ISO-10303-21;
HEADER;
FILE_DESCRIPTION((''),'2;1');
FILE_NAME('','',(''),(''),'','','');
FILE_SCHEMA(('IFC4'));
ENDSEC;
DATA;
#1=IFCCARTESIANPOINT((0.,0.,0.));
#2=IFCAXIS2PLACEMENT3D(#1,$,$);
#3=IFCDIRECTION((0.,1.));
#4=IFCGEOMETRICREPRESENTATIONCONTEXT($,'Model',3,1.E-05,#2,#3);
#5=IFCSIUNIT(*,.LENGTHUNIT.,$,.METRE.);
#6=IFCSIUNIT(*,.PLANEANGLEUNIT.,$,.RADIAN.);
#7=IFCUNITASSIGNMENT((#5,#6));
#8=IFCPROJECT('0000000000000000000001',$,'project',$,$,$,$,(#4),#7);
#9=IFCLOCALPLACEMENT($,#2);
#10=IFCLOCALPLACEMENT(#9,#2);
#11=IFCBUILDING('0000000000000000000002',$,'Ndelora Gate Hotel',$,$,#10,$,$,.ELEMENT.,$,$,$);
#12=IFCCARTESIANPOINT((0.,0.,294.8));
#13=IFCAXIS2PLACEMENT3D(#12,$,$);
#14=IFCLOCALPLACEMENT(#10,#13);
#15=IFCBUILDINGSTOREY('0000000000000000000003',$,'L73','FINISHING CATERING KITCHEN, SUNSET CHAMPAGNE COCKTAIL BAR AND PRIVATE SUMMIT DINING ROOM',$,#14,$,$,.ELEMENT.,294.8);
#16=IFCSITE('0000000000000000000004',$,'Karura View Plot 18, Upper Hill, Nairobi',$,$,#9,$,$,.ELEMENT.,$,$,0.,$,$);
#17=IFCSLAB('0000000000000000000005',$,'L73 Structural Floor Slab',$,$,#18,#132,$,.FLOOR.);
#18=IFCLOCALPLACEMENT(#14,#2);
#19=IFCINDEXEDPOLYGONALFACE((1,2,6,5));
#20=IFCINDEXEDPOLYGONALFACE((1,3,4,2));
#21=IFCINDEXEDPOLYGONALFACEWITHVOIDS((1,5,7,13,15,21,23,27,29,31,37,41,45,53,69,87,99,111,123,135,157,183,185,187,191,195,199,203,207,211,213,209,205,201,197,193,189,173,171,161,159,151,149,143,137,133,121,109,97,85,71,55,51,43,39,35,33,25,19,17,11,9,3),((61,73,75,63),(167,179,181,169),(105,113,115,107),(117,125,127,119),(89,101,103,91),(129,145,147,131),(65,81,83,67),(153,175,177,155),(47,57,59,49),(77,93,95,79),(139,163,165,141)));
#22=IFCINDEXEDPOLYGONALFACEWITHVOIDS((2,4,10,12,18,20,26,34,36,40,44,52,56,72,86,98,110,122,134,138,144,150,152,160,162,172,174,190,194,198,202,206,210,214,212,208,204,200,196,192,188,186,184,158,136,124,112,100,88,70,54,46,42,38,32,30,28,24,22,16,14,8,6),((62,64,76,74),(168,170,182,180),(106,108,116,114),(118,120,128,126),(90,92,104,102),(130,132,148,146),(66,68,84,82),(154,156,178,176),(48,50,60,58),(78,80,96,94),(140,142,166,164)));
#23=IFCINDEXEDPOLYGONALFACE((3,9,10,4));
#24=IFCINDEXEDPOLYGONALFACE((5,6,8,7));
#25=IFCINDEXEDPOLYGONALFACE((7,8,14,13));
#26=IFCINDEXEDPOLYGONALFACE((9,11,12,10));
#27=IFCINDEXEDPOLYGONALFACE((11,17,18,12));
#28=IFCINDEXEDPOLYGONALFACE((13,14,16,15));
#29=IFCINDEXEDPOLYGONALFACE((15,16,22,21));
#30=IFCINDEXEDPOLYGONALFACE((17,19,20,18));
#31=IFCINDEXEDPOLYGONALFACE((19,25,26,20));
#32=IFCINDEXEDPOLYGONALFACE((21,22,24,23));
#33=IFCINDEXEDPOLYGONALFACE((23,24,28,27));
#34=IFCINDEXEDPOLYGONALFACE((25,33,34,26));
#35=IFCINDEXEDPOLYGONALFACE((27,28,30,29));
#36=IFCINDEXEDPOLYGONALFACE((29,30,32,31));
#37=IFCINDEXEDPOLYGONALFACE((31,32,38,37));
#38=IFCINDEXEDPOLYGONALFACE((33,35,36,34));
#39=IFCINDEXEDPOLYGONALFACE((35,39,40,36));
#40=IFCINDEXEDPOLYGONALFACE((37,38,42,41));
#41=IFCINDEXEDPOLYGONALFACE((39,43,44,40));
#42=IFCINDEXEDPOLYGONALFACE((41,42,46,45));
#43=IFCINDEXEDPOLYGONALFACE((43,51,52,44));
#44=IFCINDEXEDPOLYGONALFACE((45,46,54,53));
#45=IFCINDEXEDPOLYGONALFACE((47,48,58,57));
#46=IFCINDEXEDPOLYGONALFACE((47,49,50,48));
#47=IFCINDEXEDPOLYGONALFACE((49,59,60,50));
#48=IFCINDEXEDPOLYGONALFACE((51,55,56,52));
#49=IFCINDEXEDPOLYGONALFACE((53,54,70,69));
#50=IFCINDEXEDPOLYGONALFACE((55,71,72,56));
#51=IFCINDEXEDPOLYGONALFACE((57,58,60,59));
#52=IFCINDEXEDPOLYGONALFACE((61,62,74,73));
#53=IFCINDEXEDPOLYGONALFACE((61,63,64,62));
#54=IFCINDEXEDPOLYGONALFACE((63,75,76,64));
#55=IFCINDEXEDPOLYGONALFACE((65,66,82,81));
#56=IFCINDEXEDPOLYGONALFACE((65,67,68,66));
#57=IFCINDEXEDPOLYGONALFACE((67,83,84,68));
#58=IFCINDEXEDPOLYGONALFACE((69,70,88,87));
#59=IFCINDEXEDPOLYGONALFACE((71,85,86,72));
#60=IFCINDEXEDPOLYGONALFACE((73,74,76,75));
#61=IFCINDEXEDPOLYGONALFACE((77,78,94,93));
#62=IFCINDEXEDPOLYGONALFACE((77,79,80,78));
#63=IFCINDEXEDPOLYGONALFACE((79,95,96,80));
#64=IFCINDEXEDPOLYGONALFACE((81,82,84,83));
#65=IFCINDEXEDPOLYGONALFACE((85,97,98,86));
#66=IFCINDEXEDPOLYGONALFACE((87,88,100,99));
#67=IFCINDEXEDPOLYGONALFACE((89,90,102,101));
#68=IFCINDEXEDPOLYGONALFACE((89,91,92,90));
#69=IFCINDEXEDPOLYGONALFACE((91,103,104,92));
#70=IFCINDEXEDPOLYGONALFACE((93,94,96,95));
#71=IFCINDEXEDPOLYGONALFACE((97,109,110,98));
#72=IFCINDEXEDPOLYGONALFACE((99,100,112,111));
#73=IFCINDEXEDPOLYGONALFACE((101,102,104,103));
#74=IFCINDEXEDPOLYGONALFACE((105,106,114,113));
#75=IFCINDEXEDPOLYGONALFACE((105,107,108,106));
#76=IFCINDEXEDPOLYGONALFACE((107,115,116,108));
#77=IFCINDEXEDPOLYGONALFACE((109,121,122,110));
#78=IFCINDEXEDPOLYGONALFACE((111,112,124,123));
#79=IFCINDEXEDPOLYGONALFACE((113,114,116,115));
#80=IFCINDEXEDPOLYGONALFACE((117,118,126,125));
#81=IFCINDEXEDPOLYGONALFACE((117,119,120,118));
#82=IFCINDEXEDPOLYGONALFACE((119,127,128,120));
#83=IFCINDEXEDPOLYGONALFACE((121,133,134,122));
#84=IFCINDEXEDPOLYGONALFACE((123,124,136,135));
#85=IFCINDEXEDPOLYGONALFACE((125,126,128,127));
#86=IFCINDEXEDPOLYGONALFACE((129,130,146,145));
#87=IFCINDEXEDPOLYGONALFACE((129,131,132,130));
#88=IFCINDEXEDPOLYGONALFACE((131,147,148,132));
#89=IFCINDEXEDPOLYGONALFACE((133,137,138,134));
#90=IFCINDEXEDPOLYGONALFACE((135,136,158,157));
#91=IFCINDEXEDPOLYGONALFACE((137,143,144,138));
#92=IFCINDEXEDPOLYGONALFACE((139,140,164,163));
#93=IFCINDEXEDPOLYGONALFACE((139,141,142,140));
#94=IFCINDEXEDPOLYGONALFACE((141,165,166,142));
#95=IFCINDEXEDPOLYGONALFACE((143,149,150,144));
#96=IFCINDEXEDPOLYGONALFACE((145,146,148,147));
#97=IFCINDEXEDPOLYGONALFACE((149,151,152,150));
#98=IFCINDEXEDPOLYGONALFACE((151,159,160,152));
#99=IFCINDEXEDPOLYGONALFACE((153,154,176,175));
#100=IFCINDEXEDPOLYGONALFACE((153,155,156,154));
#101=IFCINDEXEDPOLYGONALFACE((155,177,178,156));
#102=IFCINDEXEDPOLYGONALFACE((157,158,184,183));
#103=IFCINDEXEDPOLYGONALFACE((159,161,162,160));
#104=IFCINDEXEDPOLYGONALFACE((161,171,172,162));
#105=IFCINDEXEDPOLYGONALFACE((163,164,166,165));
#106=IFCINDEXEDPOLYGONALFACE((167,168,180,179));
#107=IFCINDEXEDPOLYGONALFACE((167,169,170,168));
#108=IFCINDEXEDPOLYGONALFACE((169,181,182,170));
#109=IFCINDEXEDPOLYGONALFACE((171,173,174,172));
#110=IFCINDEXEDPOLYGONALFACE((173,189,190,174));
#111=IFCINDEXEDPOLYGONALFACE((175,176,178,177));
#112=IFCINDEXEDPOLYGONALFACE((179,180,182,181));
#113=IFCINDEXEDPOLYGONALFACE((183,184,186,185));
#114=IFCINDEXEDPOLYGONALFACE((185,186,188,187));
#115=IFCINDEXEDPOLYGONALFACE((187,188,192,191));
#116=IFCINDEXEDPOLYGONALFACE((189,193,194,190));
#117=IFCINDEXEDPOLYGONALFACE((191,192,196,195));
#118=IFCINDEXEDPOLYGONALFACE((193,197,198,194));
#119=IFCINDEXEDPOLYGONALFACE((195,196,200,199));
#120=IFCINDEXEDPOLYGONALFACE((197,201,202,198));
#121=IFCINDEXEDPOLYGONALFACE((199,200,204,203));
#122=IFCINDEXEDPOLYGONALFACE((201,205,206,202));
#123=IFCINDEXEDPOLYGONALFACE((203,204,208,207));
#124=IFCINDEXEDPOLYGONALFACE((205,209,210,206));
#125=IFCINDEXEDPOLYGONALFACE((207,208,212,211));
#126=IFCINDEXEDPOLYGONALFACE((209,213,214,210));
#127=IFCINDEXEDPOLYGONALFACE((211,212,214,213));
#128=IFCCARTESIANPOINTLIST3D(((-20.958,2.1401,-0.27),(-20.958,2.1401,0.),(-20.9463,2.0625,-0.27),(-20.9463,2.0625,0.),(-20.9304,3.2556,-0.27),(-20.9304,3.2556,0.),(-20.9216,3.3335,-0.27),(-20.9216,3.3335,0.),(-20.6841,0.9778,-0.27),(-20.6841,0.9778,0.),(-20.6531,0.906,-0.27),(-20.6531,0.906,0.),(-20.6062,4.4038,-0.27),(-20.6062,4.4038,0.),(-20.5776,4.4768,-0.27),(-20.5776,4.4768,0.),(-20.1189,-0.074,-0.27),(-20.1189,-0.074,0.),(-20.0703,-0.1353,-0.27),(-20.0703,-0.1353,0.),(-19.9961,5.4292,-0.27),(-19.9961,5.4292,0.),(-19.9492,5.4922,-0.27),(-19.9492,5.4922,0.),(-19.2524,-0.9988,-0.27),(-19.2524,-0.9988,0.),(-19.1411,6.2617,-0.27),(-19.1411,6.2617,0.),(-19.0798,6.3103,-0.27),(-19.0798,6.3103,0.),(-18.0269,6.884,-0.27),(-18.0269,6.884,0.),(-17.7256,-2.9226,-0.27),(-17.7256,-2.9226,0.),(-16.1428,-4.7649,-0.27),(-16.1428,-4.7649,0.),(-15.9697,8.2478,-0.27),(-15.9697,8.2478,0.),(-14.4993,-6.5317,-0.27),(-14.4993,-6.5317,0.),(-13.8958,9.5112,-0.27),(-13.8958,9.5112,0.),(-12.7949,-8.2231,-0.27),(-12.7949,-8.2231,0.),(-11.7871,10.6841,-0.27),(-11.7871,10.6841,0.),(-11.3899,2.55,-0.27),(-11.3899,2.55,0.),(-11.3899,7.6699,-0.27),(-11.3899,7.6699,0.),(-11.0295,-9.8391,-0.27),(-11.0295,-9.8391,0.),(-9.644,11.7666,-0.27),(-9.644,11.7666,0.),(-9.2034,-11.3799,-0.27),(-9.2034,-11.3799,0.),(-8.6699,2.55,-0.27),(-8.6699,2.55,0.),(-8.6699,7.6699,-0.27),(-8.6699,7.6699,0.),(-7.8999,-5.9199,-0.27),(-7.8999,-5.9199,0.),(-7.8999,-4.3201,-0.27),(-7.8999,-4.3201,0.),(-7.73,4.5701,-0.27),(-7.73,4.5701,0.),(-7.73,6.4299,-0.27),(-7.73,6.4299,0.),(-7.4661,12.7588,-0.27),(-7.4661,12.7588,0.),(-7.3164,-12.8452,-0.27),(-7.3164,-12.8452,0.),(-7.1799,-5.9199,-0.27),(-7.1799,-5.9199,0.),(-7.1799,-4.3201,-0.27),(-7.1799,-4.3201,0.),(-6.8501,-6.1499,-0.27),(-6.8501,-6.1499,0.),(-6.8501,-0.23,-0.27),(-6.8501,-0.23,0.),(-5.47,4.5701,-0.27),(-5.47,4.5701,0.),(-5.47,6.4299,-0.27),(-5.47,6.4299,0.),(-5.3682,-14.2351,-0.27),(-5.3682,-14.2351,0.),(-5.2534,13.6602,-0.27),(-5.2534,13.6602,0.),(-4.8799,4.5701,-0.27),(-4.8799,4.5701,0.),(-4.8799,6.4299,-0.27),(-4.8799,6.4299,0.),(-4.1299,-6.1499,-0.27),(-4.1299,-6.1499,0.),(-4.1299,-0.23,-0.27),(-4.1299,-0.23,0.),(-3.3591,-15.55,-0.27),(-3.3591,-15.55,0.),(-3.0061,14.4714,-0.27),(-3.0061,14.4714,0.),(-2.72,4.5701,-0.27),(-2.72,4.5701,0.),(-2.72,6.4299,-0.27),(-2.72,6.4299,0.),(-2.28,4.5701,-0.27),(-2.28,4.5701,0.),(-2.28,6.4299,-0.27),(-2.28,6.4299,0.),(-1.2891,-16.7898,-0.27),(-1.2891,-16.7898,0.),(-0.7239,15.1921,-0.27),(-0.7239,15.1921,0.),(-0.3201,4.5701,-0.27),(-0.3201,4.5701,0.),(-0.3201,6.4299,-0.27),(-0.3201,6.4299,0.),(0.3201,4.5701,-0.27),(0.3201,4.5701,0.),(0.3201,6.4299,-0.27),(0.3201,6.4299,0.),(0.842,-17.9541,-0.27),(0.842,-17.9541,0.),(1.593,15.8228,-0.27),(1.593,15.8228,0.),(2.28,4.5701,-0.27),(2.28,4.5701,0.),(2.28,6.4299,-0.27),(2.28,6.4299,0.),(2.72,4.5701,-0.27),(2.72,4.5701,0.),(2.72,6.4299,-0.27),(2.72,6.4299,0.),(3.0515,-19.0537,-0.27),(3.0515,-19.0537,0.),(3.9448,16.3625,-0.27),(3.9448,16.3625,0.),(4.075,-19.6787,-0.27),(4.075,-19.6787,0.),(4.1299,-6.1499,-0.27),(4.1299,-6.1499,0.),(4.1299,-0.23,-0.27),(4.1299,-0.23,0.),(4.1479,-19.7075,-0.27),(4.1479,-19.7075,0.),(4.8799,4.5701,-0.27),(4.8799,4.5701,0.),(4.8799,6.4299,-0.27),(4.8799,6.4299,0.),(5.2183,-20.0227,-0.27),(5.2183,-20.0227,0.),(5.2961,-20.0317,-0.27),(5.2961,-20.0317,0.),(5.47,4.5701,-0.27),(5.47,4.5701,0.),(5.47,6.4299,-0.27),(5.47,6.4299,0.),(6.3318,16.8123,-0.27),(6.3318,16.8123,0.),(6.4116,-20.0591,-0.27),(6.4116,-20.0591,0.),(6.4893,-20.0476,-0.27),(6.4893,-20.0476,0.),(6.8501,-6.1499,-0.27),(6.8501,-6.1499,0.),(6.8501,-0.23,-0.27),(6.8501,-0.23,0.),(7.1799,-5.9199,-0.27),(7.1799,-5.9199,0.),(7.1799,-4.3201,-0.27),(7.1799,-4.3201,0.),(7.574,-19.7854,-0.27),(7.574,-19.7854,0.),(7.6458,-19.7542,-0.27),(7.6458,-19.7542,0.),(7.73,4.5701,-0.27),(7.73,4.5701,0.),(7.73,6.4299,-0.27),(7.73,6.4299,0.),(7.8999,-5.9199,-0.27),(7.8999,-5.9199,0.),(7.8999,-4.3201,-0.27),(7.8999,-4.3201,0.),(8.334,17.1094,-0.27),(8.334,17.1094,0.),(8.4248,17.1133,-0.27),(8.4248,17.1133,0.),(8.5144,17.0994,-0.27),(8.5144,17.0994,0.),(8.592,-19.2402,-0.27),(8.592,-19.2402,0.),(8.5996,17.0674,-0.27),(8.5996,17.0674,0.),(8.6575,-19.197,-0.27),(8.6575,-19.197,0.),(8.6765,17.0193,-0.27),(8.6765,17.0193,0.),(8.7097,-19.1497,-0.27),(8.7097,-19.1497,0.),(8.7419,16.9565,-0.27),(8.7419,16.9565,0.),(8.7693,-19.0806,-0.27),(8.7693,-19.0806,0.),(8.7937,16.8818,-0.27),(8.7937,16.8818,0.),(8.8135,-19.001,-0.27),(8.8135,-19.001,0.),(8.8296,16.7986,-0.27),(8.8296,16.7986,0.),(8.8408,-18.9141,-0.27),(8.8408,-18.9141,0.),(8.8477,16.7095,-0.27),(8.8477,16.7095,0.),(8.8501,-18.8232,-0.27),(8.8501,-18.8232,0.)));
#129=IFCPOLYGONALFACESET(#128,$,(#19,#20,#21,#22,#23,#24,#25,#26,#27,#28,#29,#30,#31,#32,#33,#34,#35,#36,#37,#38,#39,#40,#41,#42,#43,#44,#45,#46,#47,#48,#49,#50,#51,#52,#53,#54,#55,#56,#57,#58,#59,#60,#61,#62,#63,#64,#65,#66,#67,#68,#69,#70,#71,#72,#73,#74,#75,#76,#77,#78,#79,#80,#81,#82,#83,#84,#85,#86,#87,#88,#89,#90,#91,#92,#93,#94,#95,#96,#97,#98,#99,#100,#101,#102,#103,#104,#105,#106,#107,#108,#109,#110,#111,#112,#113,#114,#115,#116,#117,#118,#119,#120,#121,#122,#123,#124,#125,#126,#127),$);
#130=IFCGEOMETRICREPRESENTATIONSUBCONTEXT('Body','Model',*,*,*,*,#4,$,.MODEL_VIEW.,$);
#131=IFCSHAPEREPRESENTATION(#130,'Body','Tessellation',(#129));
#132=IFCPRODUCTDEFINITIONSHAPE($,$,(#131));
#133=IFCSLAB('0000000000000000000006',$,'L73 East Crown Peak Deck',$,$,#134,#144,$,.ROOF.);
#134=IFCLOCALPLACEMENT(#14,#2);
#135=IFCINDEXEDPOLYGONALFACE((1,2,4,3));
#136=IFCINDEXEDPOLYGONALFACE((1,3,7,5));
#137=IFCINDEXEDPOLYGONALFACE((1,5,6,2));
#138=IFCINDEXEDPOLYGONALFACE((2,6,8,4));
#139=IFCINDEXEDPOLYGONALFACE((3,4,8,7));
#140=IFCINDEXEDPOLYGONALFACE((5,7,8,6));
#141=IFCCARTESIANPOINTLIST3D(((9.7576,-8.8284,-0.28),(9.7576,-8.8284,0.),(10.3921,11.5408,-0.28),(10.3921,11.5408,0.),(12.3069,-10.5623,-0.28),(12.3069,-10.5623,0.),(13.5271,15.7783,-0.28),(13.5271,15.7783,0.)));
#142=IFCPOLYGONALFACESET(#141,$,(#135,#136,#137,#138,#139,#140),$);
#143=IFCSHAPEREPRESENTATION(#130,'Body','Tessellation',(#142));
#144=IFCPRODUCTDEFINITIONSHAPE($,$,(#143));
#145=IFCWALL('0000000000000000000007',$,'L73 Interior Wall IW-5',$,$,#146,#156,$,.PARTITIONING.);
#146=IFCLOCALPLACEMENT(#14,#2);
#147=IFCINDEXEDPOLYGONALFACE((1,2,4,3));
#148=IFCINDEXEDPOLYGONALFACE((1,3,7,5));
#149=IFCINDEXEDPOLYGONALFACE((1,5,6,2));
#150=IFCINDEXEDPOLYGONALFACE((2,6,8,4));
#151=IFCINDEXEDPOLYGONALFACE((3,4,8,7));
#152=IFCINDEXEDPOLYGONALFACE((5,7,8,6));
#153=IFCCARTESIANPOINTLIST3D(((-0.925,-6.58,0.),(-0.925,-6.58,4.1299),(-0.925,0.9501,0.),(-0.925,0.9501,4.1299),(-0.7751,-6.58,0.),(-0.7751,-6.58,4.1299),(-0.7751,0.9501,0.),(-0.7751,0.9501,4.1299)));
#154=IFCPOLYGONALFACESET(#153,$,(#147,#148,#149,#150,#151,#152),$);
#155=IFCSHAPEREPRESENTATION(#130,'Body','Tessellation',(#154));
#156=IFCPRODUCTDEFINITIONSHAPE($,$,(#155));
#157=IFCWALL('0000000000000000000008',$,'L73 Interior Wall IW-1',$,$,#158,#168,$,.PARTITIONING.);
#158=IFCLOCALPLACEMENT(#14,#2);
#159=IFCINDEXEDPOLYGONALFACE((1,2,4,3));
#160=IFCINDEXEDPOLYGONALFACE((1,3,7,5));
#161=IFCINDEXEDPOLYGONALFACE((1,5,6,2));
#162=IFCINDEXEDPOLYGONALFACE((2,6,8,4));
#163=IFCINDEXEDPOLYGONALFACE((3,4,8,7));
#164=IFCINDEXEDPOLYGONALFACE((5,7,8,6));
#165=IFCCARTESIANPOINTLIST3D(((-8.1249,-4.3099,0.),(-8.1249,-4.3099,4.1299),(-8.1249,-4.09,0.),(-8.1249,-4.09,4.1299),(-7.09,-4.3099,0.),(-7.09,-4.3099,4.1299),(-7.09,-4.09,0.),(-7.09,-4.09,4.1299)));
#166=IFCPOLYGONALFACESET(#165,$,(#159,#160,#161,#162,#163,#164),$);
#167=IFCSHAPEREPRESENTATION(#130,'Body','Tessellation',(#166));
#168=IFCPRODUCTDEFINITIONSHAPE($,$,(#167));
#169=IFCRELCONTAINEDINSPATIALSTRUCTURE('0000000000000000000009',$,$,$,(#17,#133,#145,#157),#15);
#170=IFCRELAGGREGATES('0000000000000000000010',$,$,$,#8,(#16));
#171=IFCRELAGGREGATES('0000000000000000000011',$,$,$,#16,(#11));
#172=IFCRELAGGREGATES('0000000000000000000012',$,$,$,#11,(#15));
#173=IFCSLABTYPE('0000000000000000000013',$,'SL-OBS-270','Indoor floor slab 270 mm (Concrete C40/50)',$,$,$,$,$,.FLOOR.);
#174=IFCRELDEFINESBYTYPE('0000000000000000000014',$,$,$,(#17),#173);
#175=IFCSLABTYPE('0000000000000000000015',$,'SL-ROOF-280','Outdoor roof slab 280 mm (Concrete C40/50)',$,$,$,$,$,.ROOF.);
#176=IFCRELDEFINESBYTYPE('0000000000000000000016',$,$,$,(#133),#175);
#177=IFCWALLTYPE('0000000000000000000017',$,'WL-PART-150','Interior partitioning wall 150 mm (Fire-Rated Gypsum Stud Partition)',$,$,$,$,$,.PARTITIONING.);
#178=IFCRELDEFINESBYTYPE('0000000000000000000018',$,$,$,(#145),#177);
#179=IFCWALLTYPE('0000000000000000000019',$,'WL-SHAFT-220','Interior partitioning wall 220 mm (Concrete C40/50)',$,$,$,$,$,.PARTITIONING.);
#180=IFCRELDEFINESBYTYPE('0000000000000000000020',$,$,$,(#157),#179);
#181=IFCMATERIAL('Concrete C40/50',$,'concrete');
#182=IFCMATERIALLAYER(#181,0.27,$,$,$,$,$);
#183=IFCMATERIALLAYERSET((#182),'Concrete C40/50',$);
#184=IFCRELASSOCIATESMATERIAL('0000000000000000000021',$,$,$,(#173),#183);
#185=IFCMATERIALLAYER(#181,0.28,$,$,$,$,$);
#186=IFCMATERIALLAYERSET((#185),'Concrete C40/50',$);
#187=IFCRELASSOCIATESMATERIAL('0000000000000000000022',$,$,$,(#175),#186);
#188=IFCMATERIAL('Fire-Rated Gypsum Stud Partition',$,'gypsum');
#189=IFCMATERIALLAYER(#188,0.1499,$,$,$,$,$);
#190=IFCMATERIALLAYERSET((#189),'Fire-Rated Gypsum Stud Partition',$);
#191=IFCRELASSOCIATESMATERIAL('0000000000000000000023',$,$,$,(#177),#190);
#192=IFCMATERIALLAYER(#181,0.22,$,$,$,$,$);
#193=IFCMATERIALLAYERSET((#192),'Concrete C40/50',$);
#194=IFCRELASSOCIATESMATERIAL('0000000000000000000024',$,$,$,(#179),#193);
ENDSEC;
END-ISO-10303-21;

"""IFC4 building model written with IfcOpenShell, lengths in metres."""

from ifc_helpers import new_model, si_unit, direction, frame, frame_2d, origin, place, context, subcontext, project, spatial, polyline, rectangle, outline, extrude, material, layer, layer_set, type_object, element, save


model = new_model("IFC4")

# Units and contexts
model_context = context("Model", 3, precision=1e-05, world=origin(), true_north=direction((0.0, 1.0)))
body_context = subcontext(model_context, "Body", "Model", "MODEL_VIEW")
ifc_project = project(units=[si_unit("LENGTHUNIT", "METRE"), si_unit("PLANEANGLEUNIT", "RADIAN")], contexts=[model_context])

# Site, building, storey
site_placement = place(None, origin())
site = spatial("IfcSite", under=ifc_project, at=site_placement, Name="Karura View Plot 18, Upper Hill, Nairobi", CompositionType="ELEMENT", RefElevation=0.0)
building_placement = place(site_placement, origin())
building = spatial("IfcBuilding", under=site, at=building_placement, Name="Ndelora Gate Hotel", CompositionType="ELEMENT")
storey_placement = place(building_placement, frame((0.0, 0.0, 294.8)))
storey = spatial("IfcBuildingStorey", under=building, at=storey_placement, Name="L73", Description="FINISHING CATERING KITCHEN, SUNSET CHAMPAGNE COCKTAIL BAR AND PRIVATE SUMMIT DINING ROOM", CompositionType="ELEMENT", Elevation=294.8)

# Slabs
ifc_material_1 = material(Name="Concrete C40/50", Category="concrete")
ifc_layer_1 = layer(ifc_material_1, 0.27)
ifc_layer_set_1 = layer_set([ifc_layer_1], Name="Concrete C40/50")
slab_type_1 = type_object("IfcSlabType", Name="SL-OBS-270", Description="Indoor floor slab 270 mm (Concrete C40/50)", PredefinedType="FLOOR", material=ifc_layer_set_1)
slab_1_placement = place(storey_placement, frame((0.0, 0.0, -0.27)))
element("IfcSlab", 1, at=slab_1_placement, inside=storey, type_object=slab_type_1, Name="L73 Structural Floor Slab", PredefinedType="FLOOR", context=body_context, shape_type="SweptSolid", body=[
    extrude(outline(polyline([(-18.0269, 6.884), (-19.0798, 6.3103), (-19.1411, 6.2617), (-19.9492, 5.4922), (-19.9961, 5.4292), (-20.5776, 4.4768), (-20.6062, 4.4038), (-20.9216, 3.3335), (-20.9304, 3.2556), (-20.958, 2.1401), (-20.9463, 2.0625), (-20.6841, 0.9778), (-20.6531, 0.906), (-20.1189, -0.074), (-20.0703, -0.1353), (-19.2524, -0.9988), (-17.7256, -2.9226), (-16.1428, -4.7649), (-14.4993, -6.5317), (-12.7949, -8.2231), (-11.0295, -9.8391), (-9.2034, -11.3799), (-7.3164, -12.8452), (-5.3682, -14.2351), (-3.3591, -15.55), (-1.2891, -16.7898), (0.842, -17.9541), (3.0515, -19.0537), (4.075, -19.6787), (4.1479, -19.7075), (5.2183, -20.0227), (5.2961, -20.0317), (6.4116, -20.0591), (6.4893, -20.0476), (7.574, -19.7854), (7.6458, -19.7542), (8.592, -19.2402), (8.6575, -19.197), (8.7097, -19.1497), (8.7693, -19.0806), (8.8135, -19.001), (8.8408, -18.9141), (8.8501, -18.8232), (8.8477, 16.7095), (8.8296, 16.7986), (8.7937, 16.8818), (8.7419, 16.9565), (8.6765, 17.0193), (8.5996, 17.0674), (8.5144, 17.0994), (8.4248, 17.1133), (8.334, 17.1094), (6.3318, 16.8123), (3.9448, 16.3625), (1.593, 15.8228), (-0.7239, 15.1921), (-3.0061, 14.4714), (-5.2534, 13.6602), (-7.4661, 12.7588), (-9.644, 11.7666), (-11.7871, 10.6841), (-13.8958, 9.5112), (-15.9697, 8.2478), (-18.0269, 6.884)]), holes=[polyline([(-6.8501, -0.23), (-6.8501, -6.1499), (-4.1299, -6.1499), (-4.1299, -0.23), (-6.8501, -0.23)]), polyline([(4.1299, -0.23), (4.1299, -6.1499), (6.8501, -6.1499), (6.8501, -0.23), (4.1299, -0.23)]), polyline([(-11.3899, 7.6699), (-11.3899, 2.55), (-8.6699, 2.55), (-8.6699, 7.6699), (-11.3899, 7.6699)]), polyline([(-7.73, 4.5701), (-5.47, 4.5701), (-5.47, 6.4299), (-7.73, 6.4299), (-7.73, 4.5701)]), polyline([(5.47, 4.5701), (7.73, 4.5701), (7.73, 6.4299), (5.47, 6.4299), (5.47, 4.5701)]), polyline([(-4.8799, 4.5701), (-2.72, 4.5701), (-2.72, 6.4299), (-4.8799, 6.4299), (-4.8799, 4.5701)]), polyline([(2.72, 4.5701), (4.8799, 4.5701), (4.8799, 6.4299), (2.72, 6.4299), (2.72, 4.5701)]), polyline([(-2.28, 4.5701), (-0.3201, 4.5701), (-0.3201, 6.4299), (-2.28, 6.4299), (-2.28, 4.5701)]), polyline([(0.3201, 4.5701), (2.28, 4.5701), (2.28, 6.4299), (0.3201, 6.4299), (0.3201, 4.5701)]), polyline([(-7.8999, -5.9199), (-7.1799, -5.9199), (-7.1799, -4.3201), (-7.8999, -4.3201), (-7.8999, -5.9199)]), polyline([(7.1799, -5.9199), (7.8999, -5.9199), (7.8999, -4.3201), (7.1799, -4.3201), (7.1799, -5.9199)])]), origin(), (0.0, 0.0, 1.0), 0.27),
])
ifc_layer_2 = layer(ifc_material_1, 0.28)
ifc_layer_set_2 = layer_set([ifc_layer_2], Name="Concrete C40/50")
slab_type_2 = type_object("IfcSlabType", Name="SL-ROOF-280", Description="Outdoor roof slab 280 mm (Concrete C40/50)", PredefinedType="ROOF", material=ifc_layer_set_2)
slab_2_placement = place(storey_placement, frame((0.0, 0.0, -0.28)))
element("IfcSlab", 2, at=slab_2_placement, inside=storey, type_object=slab_type_2, Name="L73 East Crown Peak Deck", PredefinedType="ROOF", context=body_context, shape_type="SweptSolid", body=[
    extrude(outline(polyline([(9.7576, -8.8284), (12.3069, -10.5623), (13.5271, 15.7783), (10.3921, 11.5408), (9.7576, -8.8284)])), origin(), (0.0, 0.0, 1.0), 0.28),
])

# Walls
ifc_material_2 = material(Name="Fire-Rated Gypsum Stud Partition", Category="gypsum")
ifc_layer_3 = layer(ifc_material_2, 0.1499)
ifc_layer_set_3 = layer_set([ifc_layer_3], Name="Fire-Rated Gypsum Stud Partition")
wall_type_1 = type_object("IfcWallType", Name="WL-PART-150", Description="Interior partitioning wall 150 mm (Fire-Rated Gypsum Stud Partition)", PredefinedType="PARTITIONING", material=ifc_layer_set_3)
wall_1_placement = place(storey_placement, frame((-0.8501, -6.5801, 0.0), z_axis=(0.0, 0.0, 1.0), x_axis=(0.0, 1.0, 0.0)))
element("IfcWall", 3, at=wall_1_placement, inside=storey, type_object=wall_type_1, Name="L73 Interior Wall IW-5", PredefinedType="PARTITIONING", context=body_context, shape_type="SweptSolid", body=[
    extrude(rectangle(XDim=7.53, YDim=0.1499, at=frame_2d((3.7651, 0.0))), origin(), (0.0, 0.0, 1.0), 4.1299),
])
ifc_layer_4 = layer(ifc_material_1, 0.22)
ifc_layer_set_4 = layer_set([ifc_layer_4], Name="Concrete C40/50")
wall_type_2 = type_object("IfcWallType", Name="WL-SHAFT-220", Description="Interior partitioning wall 220 mm (Concrete C40/50)", PredefinedType="PARTITIONING", material=ifc_layer_set_4)
wall_2_placement = place(storey_placement, frame((-8.125, -4.2, 0.0), z_axis=(0.0, 0.0, 1.0), x_axis=(1.0, 0.0, 0.0)))
element("IfcWall", 4, at=wall_2_placement, inside=storey, type_object=wall_type_2, Name="L73 Interior Wall IW-1", PredefinedType="PARTITIONING", context=body_context, shape_type="SweptSolid", body=[
    extrude(rectangle(XDim=1.0349, YDim=0.22, at=frame_2d((0.5176, 0.0))), origin(), (0.0, 0.0, 1.0), 4.1299),
])

save(model, "model.ifc")
